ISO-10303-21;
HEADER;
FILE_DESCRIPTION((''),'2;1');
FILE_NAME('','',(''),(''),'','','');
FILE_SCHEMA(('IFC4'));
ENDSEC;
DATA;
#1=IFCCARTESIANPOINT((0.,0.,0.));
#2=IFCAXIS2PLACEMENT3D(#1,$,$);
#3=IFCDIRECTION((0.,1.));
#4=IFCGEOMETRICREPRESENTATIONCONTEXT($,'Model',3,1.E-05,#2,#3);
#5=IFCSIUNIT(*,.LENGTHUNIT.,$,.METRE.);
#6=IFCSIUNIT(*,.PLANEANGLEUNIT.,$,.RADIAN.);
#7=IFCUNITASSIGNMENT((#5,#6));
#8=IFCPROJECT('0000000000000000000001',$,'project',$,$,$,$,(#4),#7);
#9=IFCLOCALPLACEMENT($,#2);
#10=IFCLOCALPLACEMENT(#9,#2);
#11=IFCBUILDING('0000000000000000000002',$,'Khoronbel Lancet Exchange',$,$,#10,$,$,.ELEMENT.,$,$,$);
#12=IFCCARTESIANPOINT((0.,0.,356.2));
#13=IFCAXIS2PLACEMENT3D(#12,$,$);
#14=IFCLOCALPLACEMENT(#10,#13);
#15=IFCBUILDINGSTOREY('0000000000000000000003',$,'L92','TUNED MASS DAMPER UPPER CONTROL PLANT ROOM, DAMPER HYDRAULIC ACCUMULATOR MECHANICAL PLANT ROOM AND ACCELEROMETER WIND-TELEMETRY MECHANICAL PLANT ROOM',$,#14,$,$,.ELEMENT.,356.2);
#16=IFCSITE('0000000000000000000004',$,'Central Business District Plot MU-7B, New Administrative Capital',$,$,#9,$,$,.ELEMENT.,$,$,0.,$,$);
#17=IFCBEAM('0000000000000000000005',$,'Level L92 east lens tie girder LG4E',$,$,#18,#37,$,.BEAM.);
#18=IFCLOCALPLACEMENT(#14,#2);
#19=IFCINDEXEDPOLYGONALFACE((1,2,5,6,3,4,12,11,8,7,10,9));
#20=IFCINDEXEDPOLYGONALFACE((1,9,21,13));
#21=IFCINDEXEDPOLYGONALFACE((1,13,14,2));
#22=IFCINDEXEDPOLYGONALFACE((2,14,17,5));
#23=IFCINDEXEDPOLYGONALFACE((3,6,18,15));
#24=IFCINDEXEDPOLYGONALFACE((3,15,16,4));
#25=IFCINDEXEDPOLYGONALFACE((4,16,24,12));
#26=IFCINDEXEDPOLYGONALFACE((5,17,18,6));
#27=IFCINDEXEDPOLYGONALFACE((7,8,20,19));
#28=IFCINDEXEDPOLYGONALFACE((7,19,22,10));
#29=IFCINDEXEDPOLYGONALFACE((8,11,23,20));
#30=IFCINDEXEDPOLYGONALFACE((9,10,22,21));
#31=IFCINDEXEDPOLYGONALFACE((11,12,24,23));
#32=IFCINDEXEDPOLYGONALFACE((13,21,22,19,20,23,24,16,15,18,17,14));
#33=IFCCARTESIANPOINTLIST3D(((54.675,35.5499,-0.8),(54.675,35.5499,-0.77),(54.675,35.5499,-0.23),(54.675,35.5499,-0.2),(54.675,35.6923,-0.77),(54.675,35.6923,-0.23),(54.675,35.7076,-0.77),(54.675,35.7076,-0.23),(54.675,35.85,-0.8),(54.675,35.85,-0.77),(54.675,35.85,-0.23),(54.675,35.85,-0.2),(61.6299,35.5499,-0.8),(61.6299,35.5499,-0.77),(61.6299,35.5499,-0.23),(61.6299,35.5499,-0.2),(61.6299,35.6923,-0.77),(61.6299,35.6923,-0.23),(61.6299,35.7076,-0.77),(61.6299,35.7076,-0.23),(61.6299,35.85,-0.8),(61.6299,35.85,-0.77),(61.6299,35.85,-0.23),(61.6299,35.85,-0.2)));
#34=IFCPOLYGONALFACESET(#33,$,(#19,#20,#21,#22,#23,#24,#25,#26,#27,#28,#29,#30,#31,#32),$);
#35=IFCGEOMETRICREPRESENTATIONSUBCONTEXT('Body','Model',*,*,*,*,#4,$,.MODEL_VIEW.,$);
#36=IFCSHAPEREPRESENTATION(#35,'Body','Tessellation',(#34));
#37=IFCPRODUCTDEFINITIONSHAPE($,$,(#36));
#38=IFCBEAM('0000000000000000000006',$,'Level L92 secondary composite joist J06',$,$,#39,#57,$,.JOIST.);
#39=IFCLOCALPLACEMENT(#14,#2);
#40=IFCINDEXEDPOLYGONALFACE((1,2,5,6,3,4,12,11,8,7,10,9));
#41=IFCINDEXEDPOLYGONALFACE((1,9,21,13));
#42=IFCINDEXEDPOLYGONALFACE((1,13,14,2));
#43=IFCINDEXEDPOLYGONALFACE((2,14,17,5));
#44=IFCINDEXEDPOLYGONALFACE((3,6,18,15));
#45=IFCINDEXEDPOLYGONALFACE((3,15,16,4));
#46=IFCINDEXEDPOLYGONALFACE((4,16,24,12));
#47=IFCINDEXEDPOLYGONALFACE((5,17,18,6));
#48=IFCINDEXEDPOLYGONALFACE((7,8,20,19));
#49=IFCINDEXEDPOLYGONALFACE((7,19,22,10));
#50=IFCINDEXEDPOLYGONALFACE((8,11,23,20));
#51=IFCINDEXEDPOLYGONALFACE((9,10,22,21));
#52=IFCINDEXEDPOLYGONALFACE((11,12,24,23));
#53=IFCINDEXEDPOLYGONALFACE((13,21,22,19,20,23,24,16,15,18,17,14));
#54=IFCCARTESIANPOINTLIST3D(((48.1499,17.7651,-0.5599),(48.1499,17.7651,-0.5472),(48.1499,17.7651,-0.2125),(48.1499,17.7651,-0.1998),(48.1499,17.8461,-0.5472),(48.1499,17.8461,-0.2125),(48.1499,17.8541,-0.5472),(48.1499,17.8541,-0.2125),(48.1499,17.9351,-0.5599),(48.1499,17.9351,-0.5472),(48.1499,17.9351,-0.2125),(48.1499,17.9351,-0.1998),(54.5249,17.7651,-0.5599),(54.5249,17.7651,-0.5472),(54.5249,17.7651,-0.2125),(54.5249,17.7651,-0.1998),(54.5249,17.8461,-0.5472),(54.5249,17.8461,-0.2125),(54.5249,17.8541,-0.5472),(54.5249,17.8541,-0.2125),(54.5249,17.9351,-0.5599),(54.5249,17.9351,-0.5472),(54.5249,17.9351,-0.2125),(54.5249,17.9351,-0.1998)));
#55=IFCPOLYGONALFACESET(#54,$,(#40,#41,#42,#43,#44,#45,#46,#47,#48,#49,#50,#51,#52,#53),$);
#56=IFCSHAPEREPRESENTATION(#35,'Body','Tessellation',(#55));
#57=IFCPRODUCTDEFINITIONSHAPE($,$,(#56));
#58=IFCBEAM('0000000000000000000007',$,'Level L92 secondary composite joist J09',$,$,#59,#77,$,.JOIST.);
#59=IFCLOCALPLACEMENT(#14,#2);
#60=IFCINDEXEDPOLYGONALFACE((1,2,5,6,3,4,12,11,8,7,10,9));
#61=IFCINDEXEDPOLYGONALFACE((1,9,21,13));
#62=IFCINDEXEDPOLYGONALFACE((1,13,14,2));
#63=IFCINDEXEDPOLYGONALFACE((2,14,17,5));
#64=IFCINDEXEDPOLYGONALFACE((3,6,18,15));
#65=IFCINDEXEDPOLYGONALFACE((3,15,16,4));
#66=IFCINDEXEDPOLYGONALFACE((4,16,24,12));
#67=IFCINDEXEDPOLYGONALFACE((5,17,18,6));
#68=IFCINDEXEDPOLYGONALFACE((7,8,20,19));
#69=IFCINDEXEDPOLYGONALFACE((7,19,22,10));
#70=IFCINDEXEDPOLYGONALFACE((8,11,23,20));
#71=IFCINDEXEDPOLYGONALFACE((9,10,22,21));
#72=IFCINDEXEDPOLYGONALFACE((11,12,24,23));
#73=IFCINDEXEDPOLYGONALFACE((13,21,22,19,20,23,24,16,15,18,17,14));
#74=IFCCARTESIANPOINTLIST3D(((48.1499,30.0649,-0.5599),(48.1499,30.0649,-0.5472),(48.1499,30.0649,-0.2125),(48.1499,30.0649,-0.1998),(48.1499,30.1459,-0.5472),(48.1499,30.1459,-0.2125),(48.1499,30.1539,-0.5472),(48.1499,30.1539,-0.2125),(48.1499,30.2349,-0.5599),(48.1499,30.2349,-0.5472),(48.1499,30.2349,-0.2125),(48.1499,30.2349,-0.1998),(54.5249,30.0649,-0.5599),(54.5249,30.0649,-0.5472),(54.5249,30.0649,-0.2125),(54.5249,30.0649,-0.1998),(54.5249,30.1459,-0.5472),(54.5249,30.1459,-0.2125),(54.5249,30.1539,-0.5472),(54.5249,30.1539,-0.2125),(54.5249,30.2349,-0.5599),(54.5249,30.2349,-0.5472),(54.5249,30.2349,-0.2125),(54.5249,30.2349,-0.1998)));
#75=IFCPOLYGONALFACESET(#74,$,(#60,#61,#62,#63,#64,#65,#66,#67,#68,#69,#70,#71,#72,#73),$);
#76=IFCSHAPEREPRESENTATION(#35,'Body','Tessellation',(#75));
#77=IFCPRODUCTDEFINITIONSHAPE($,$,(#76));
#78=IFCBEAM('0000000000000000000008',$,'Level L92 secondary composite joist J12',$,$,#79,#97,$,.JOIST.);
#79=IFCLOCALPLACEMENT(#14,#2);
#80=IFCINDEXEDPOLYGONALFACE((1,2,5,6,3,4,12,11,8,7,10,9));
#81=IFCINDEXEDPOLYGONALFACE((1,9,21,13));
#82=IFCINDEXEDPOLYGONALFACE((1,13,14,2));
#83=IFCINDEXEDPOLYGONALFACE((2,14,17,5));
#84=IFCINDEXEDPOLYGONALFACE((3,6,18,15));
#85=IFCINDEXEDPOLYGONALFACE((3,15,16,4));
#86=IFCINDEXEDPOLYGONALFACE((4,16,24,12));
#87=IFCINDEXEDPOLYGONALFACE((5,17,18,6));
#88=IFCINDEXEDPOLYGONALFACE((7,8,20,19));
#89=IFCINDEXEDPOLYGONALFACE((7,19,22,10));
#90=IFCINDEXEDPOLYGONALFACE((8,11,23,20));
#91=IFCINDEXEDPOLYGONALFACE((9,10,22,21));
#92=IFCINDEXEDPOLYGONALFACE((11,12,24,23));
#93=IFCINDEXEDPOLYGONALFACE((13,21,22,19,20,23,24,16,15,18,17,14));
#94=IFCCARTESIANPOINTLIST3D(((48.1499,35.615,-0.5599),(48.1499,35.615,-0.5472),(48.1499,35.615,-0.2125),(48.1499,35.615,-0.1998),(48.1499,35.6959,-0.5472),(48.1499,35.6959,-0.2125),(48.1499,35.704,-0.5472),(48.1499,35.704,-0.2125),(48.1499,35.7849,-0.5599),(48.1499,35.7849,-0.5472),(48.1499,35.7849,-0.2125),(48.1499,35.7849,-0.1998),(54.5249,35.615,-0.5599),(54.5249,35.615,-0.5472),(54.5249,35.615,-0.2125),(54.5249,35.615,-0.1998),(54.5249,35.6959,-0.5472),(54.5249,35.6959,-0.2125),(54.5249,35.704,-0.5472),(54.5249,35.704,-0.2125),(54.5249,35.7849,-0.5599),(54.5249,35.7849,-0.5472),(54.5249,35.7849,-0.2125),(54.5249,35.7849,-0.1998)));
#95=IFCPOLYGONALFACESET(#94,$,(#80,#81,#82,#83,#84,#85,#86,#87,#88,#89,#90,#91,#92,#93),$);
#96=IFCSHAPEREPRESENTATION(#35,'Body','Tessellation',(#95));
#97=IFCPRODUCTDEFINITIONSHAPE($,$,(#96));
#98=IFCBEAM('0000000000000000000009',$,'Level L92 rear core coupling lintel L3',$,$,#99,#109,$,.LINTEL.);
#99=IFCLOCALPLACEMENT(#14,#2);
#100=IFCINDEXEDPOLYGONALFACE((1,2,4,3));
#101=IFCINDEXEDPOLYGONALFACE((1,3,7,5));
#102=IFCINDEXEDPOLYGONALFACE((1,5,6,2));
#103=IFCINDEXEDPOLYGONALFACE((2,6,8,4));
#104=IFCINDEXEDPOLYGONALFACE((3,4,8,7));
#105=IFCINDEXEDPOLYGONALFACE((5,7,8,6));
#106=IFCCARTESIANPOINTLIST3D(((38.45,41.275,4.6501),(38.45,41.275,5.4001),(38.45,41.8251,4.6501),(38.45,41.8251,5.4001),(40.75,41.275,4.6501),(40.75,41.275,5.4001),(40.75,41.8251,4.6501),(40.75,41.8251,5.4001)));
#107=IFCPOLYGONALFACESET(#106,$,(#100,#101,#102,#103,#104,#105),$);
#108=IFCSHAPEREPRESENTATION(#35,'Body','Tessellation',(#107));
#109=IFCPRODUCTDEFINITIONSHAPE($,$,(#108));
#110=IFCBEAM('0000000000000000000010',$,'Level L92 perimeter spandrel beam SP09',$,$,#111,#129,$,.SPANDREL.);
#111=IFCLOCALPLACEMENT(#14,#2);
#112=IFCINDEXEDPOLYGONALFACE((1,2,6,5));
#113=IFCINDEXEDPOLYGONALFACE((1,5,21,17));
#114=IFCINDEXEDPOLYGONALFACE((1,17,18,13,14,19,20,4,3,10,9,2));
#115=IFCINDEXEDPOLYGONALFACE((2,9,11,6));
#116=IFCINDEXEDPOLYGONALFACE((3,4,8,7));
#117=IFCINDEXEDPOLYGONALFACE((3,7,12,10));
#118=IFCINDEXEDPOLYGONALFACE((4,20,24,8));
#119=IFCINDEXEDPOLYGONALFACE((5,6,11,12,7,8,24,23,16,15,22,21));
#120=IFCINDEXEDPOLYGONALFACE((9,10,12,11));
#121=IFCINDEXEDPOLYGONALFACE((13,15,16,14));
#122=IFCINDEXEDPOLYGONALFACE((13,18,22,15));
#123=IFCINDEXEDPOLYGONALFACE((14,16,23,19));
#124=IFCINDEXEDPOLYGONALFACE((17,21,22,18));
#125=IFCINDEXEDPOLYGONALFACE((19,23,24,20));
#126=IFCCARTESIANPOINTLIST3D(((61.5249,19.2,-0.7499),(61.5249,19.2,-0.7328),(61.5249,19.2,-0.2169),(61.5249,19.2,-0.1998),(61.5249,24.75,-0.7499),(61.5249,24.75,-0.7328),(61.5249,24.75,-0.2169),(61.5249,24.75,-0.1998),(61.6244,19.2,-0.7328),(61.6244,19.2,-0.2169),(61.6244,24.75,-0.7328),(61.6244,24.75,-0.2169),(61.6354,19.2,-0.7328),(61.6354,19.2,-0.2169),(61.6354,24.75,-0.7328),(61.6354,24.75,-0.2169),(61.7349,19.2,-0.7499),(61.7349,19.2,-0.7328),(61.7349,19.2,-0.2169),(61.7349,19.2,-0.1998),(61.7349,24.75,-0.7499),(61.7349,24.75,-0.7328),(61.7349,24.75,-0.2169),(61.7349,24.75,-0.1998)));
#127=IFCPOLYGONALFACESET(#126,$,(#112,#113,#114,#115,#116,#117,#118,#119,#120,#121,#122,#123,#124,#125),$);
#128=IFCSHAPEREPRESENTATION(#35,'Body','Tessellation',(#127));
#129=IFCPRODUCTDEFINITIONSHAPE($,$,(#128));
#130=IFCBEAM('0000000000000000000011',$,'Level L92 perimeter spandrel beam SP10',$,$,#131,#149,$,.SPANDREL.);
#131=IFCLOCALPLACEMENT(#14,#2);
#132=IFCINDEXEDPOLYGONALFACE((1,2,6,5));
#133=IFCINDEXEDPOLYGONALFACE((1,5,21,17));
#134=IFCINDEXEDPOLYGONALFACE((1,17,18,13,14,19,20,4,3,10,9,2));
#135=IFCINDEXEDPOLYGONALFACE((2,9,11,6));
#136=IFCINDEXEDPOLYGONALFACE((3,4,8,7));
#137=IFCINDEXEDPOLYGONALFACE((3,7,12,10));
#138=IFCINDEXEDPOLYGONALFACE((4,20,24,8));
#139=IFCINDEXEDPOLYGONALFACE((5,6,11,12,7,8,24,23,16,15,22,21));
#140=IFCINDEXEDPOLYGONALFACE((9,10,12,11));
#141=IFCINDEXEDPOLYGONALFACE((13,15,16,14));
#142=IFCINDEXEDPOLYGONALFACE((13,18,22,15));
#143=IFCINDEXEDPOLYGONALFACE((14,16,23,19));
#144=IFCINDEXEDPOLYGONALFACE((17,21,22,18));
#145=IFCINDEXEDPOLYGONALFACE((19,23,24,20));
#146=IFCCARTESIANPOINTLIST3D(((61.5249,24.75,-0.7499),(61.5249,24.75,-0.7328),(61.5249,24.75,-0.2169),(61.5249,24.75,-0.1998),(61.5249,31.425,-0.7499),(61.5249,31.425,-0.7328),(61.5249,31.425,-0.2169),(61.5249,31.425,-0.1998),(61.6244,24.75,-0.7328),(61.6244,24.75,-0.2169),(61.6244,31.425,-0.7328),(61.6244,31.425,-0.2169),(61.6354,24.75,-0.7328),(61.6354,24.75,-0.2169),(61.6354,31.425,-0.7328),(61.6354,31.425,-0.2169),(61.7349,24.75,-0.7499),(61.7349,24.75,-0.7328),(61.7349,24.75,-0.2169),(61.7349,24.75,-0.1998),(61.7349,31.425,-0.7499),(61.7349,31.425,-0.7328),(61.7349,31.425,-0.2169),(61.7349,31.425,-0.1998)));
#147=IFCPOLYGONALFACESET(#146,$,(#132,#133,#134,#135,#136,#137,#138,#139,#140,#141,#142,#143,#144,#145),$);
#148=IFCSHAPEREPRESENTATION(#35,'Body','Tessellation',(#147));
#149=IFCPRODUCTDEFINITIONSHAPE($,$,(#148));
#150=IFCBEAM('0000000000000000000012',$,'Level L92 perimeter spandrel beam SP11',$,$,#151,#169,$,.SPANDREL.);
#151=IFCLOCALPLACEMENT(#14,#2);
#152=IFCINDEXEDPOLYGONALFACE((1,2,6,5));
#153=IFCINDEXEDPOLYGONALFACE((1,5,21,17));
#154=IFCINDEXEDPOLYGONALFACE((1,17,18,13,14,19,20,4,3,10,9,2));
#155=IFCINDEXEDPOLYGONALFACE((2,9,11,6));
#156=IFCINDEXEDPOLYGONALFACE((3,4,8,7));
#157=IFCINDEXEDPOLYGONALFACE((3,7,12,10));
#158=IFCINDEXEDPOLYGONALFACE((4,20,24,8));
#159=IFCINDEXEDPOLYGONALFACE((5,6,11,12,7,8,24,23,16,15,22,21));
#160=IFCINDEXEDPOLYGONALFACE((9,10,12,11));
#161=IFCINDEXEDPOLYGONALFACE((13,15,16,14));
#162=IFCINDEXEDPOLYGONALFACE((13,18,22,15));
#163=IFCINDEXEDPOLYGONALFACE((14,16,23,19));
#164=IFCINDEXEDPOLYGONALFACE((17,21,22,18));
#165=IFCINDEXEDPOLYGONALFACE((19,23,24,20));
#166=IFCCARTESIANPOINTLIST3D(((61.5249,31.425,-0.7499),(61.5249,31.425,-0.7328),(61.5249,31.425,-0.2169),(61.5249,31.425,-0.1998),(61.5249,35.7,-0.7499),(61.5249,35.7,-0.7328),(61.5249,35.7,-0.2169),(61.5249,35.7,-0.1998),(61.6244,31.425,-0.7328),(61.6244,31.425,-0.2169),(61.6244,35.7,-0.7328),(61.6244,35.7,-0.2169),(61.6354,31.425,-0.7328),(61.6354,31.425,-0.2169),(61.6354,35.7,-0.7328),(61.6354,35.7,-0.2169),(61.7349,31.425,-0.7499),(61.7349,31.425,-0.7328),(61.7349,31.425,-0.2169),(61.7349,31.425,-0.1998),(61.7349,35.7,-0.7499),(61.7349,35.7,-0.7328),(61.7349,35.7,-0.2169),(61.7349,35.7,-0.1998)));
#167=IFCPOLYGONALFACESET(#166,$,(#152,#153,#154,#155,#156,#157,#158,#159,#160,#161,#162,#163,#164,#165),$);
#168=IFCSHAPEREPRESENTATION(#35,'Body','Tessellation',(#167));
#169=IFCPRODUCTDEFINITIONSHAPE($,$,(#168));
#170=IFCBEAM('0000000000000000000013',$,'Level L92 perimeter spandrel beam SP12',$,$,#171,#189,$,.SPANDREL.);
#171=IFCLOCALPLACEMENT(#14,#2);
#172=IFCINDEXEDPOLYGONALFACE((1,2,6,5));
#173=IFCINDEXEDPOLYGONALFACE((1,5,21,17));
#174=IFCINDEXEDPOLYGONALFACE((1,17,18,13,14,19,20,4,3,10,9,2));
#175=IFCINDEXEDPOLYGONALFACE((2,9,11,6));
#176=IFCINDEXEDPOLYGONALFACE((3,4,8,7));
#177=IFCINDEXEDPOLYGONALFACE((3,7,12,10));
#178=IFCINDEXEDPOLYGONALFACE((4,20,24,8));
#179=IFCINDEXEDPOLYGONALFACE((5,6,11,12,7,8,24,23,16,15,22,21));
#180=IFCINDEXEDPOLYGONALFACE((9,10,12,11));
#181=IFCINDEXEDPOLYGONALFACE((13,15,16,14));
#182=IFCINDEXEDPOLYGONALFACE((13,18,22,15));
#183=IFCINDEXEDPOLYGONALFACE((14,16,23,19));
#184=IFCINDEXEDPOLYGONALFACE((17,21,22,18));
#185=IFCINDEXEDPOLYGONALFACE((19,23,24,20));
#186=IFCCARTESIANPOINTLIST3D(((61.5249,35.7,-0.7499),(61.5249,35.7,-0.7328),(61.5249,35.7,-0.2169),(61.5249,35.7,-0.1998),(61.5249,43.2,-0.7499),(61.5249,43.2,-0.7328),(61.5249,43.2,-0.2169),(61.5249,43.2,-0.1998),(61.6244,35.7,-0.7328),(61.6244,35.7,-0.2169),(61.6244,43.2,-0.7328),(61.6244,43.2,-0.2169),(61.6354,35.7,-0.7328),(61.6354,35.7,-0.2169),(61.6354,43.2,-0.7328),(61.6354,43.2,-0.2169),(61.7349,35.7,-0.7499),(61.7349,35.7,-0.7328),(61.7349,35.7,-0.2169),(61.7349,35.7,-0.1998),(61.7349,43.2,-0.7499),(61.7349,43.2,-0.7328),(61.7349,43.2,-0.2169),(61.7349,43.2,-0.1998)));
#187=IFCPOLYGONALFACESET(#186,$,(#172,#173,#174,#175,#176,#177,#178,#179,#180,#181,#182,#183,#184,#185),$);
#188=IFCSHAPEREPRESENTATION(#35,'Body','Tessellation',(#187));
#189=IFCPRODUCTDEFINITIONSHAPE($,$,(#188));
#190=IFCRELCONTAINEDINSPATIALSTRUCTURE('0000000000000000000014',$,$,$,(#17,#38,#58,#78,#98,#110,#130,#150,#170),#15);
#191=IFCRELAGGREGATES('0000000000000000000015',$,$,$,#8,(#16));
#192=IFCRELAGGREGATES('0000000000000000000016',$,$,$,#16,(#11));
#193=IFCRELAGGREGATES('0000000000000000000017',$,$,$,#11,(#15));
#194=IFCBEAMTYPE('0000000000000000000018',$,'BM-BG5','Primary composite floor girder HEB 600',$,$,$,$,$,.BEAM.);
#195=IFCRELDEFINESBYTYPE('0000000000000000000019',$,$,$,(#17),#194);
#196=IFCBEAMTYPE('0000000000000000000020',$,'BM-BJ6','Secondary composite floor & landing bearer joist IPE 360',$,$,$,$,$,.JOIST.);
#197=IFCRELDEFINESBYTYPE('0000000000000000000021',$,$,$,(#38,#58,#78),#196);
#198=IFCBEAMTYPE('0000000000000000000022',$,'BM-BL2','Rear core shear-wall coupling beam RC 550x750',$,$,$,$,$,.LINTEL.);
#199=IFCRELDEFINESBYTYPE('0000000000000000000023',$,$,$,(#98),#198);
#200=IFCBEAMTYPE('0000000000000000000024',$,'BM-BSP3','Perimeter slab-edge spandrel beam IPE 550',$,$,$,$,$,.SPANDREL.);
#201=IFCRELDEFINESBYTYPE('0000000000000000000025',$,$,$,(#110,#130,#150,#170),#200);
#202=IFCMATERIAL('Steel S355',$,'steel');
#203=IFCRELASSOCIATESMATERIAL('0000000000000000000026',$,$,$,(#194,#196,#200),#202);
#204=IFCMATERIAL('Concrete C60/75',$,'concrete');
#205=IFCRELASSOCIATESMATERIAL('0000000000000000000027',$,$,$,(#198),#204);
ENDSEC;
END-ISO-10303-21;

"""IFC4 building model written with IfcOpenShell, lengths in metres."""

from ifc_helpers import new_model, si_unit, direction, frame, origin, origin_2d, place, context, subcontext, project, spatial, rectangle, i_section, extrude, material, material_profile, profile_set, type_object, element, save


model = new_model("IFC4")

# Units and contexts
model_context = context("Model", 3, precision=1e-05, world=origin(), true_north=direction((0.0, 1.0)))
body_context = subcontext(model_context, "Body", "Model", "MODEL_VIEW")
ifc_project = project(units=[si_unit("LENGTHUNIT", "METRE"), si_unit("PLANEANGLEUNIT", "RADIAN")], contexts=[model_context])

# Site, building, storey
site_placement = place(None, origin())
site = spatial("IfcSite", under=ifc_project, at=site_placement, Name="Central Business District Plot MU-7B, New Administrative Capital", CompositionType="ELEMENT", RefElevation=0.0)
building_placement = place(site_placement, origin())
building = spatial("IfcBuilding", under=site, at=building_placement, Name="Khoronbel Lancet Exchange", CompositionType="ELEMENT")
storey_placement = place(building_placement, frame((0.0, 0.0, 356.2)))
storey = spatial("IfcBuildingStorey", under=building, at=storey_placement, Name="L92", Description="TUNED MASS DAMPER UPPER CONTROL PLANT ROOM, DAMPER HYDRAULIC ACCUMULATOR MECHANICAL PLANT ROOM AND ACCELEROMETER WIND-TELEMETRY MECHANICAL PLANT ROOM", CompositionType="ELEMENT", Elevation=356.2)

# Shared definitions
ifc_material_1 = material(Name="Steel S355", Category="steel")

# Beams
ifc_material_profile_1 = material_profile(ifc_material_1, i_section(OverallWidth=0.3, OverallDepth=0.6001, WebThickness=0.0154, FlangeThickness=0.03, at=origin_2d()), Name="HEB 600")
ifc_profile_set_1 = profile_set([ifc_material_profile_1], Name="Steel S355")
beam_type_1 = type_object("IfcBeamType", Name="BM-BG5", Description="Primary composite floor girder HEB 600", PredefinedType="BEAM", material=ifc_profile_set_1)
for number, where, z_axis, x_axis, name in (
    (1, (54.675, 35.7, -0.5), (1.0, 0.0, 0.0), (0.0, 1.0, 0.0), "Level L92 east lens tie girder LG4E"),
):
    element("IfcBeam", number, at=place(storey_placement, frame(where, z_axis=z_axis, x_axis=x_axis)), inside=storey, type_object=beam_type_1, Name=name, PredefinedType="BEAM", context=body_context, shape_type="SweptSolid", body=[
        extrude(i_section(OverallWidth=0.3, OverallDepth=0.6001, WebThickness=0.0154, FlangeThickness=0.03, at=origin_2d()), origin(), (0.0, 0.0, 1.0), 6.9548),
    ])
ifc_material_profile_2 = material_profile(ifc_material_1, i_section(OverallWidth=0.1699, OverallDepth=0.3601, WebThickness=0.0081, FlangeThickness=0.0127, at=origin_2d()), Name="IPE 360")
ifc_profile_set_2 = profile_set([ifc_material_profile_2], Name="Steel S355")
beam_type_2 = type_object("IfcBeamType", Name="BM-BJ6", Description="Secondary composite floor & landing bearer joist IPE 360", PredefinedType="JOIST", material=ifc_profile_set_2)
for number, where, z_axis, x_axis, name in (
    (2, (48.1499, 17.8501, -0.3799), (1.0, 0.0, 0.0), (0.0, 1.0, 0.0), "Level L92 secondary composite joist J06"),
    (3, (48.1499, 30.1499, -0.3799), (1.0, 0.0, 0.0), (0.0, 1.0, 0.0), "Level L92 secondary composite joist J09"),
    (4, (48.1499, 35.7, -0.3799), (1.0, 0.0, 0.0), (0.0, 1.0, 0.0), "Level L92 secondary composite joist J12"),
):
    element("IfcBeam", number, at=place(storey_placement, frame(where, z_axis=z_axis, x_axis=x_axis)), inside=storey, type_object=beam_type_2, Name=name, PredefinedType="JOIST", context=body_context, shape_type="SweptSolid", body=[
        extrude(i_section(OverallWidth=0.1699, OverallDepth=0.3601, WebThickness=0.0081, FlangeThickness=0.0127, at=origin_2d()), origin(), (0.0, 0.0, 1.0), 6.375),
    ])
ifc_material_2 = material(Name="Concrete C60/75", Category="concrete")
ifc_material_profile_3 = material_profile(ifc_material_2, rectangle(XDim=0.55, YDim=0.75, at=origin_2d()), Name="RC 550x750")
ifc_profile_set_3 = profile_set([ifc_material_profile_3], Name="Concrete C60/75")
beam_type_3 = type_object("IfcBeamType", Name="BM-BL2", Description="Rear core shear-wall coupling beam RC 550x750", PredefinedType="LINTEL", material=ifc_profile_set_3)
beam_1_placement = place(storey_placement, frame((38.45, 41.55, 5.0251), z_axis=(1.0, 0.0, 0.0), x_axis=(0.0, 1.0, 0.0)))
element("IfcBeam", 5, at=beam_1_placement, inside=storey, type_object=beam_type_3, Name="Level L92 rear core coupling lintel L3", PredefinedType="LINTEL", context=body_context, shape_type="SweptSolid", body=[
    extrude(rectangle(XDim=0.55, YDim=0.75, at=origin_2d()), origin(), (0.0, 0.0, 1.0), 2.3),
])
ifc_material_profile_4 = material_profile(ifc_material_1, i_section(OverallWidth=0.21, OverallDepth=0.55, WebThickness=0.011, FlangeThickness=0.0171, at=origin_2d()), Name="IPE 550")
ifc_profile_set_4 = profile_set([ifc_material_profile_4], Name="Steel S355")
beam_type_4 = type_object("IfcBeamType", Name="BM-BSP3", Description="Perimeter slab-edge spandrel beam IPE 550", PredefinedType="SPANDREL", material=ifc_profile_set_4)
beam_2_placement = place(storey_placement, frame((61.6299, 19.2, -0.4749), z_axis=(0.0, 1.0, 0.0), x_axis=(-1.0, 0.0, 0.0)))
element("IfcBeam", 6, at=beam_2_placement, inside=storey, type_object=beam_type_4, Name="Level L92 perimeter spandrel beam SP09", PredefinedType="SPANDREL", context=body_context, shape_type="SweptSolid", body=[
    extrude(i_section(OverallWidth=0.21, OverallDepth=0.55, WebThickness=0.011, FlangeThickness=0.0171, at=origin_2d()), origin(), (0.0, 0.0, 1.0), 5.55),
])
beam_3_placement = place(storey_placement, frame((61.6299, 24.75, -0.4749), z_axis=(0.0, 1.0, 0.0), x_axis=(-1.0, 0.0, 0.0)))
element("IfcBeam", 7, at=beam_3_placement, inside=storey, type_object=beam_type_4, Name="Level L92 perimeter spandrel beam SP10", PredefinedType="SPANDREL", context=body_context, shape_type="SweptSolid", body=[
    extrude(i_section(OverallWidth=0.21, OverallDepth=0.55, WebThickness=0.011, FlangeThickness=0.0171, at=origin_2d()), origin(), (0.0, 0.0, 1.0), 6.675),
])
beam_4_placement = place(storey_placement, frame((61.6299, 31.425, -0.4749), z_axis=(0.0, 1.0, 0.0), x_axis=(-1.0, 0.0, 0.0)))
element("IfcBeam", 8, at=beam_4_placement, inside=storey, type_object=beam_type_4, Name="Level L92 perimeter spandrel beam SP11", PredefinedType="SPANDREL", context=body_context, shape_type="SweptSolid", body=[
    extrude(i_section(OverallWidth=0.21, OverallDepth=0.55, WebThickness=0.011, FlangeThickness=0.0171, at=origin_2d()), origin(), (0.0, 0.0, 1.0), 4.2749),
])
beam_5_placement = place(storey_placement, frame((61.6299, 35.7, -0.4749), z_axis=(0.0, 1.0, 0.0), x_axis=(-1.0, 0.0, 0.0)))
element("IfcBeam", 9, at=beam_5_placement, inside=storey, type_object=beam_type_4, Name="Level L92 perimeter spandrel beam SP12", PredefinedType="SPANDREL", context=body_context, shape_type="SweptSolid", body=[
    extrude(i_section(OverallWidth=0.21, OverallDepth=0.55, WebThickness=0.011, FlangeThickness=0.0171, at=origin_2d()), origin(), (0.0, 0.0, 1.0), 7.5),
])

save(model, "model.ifc")
